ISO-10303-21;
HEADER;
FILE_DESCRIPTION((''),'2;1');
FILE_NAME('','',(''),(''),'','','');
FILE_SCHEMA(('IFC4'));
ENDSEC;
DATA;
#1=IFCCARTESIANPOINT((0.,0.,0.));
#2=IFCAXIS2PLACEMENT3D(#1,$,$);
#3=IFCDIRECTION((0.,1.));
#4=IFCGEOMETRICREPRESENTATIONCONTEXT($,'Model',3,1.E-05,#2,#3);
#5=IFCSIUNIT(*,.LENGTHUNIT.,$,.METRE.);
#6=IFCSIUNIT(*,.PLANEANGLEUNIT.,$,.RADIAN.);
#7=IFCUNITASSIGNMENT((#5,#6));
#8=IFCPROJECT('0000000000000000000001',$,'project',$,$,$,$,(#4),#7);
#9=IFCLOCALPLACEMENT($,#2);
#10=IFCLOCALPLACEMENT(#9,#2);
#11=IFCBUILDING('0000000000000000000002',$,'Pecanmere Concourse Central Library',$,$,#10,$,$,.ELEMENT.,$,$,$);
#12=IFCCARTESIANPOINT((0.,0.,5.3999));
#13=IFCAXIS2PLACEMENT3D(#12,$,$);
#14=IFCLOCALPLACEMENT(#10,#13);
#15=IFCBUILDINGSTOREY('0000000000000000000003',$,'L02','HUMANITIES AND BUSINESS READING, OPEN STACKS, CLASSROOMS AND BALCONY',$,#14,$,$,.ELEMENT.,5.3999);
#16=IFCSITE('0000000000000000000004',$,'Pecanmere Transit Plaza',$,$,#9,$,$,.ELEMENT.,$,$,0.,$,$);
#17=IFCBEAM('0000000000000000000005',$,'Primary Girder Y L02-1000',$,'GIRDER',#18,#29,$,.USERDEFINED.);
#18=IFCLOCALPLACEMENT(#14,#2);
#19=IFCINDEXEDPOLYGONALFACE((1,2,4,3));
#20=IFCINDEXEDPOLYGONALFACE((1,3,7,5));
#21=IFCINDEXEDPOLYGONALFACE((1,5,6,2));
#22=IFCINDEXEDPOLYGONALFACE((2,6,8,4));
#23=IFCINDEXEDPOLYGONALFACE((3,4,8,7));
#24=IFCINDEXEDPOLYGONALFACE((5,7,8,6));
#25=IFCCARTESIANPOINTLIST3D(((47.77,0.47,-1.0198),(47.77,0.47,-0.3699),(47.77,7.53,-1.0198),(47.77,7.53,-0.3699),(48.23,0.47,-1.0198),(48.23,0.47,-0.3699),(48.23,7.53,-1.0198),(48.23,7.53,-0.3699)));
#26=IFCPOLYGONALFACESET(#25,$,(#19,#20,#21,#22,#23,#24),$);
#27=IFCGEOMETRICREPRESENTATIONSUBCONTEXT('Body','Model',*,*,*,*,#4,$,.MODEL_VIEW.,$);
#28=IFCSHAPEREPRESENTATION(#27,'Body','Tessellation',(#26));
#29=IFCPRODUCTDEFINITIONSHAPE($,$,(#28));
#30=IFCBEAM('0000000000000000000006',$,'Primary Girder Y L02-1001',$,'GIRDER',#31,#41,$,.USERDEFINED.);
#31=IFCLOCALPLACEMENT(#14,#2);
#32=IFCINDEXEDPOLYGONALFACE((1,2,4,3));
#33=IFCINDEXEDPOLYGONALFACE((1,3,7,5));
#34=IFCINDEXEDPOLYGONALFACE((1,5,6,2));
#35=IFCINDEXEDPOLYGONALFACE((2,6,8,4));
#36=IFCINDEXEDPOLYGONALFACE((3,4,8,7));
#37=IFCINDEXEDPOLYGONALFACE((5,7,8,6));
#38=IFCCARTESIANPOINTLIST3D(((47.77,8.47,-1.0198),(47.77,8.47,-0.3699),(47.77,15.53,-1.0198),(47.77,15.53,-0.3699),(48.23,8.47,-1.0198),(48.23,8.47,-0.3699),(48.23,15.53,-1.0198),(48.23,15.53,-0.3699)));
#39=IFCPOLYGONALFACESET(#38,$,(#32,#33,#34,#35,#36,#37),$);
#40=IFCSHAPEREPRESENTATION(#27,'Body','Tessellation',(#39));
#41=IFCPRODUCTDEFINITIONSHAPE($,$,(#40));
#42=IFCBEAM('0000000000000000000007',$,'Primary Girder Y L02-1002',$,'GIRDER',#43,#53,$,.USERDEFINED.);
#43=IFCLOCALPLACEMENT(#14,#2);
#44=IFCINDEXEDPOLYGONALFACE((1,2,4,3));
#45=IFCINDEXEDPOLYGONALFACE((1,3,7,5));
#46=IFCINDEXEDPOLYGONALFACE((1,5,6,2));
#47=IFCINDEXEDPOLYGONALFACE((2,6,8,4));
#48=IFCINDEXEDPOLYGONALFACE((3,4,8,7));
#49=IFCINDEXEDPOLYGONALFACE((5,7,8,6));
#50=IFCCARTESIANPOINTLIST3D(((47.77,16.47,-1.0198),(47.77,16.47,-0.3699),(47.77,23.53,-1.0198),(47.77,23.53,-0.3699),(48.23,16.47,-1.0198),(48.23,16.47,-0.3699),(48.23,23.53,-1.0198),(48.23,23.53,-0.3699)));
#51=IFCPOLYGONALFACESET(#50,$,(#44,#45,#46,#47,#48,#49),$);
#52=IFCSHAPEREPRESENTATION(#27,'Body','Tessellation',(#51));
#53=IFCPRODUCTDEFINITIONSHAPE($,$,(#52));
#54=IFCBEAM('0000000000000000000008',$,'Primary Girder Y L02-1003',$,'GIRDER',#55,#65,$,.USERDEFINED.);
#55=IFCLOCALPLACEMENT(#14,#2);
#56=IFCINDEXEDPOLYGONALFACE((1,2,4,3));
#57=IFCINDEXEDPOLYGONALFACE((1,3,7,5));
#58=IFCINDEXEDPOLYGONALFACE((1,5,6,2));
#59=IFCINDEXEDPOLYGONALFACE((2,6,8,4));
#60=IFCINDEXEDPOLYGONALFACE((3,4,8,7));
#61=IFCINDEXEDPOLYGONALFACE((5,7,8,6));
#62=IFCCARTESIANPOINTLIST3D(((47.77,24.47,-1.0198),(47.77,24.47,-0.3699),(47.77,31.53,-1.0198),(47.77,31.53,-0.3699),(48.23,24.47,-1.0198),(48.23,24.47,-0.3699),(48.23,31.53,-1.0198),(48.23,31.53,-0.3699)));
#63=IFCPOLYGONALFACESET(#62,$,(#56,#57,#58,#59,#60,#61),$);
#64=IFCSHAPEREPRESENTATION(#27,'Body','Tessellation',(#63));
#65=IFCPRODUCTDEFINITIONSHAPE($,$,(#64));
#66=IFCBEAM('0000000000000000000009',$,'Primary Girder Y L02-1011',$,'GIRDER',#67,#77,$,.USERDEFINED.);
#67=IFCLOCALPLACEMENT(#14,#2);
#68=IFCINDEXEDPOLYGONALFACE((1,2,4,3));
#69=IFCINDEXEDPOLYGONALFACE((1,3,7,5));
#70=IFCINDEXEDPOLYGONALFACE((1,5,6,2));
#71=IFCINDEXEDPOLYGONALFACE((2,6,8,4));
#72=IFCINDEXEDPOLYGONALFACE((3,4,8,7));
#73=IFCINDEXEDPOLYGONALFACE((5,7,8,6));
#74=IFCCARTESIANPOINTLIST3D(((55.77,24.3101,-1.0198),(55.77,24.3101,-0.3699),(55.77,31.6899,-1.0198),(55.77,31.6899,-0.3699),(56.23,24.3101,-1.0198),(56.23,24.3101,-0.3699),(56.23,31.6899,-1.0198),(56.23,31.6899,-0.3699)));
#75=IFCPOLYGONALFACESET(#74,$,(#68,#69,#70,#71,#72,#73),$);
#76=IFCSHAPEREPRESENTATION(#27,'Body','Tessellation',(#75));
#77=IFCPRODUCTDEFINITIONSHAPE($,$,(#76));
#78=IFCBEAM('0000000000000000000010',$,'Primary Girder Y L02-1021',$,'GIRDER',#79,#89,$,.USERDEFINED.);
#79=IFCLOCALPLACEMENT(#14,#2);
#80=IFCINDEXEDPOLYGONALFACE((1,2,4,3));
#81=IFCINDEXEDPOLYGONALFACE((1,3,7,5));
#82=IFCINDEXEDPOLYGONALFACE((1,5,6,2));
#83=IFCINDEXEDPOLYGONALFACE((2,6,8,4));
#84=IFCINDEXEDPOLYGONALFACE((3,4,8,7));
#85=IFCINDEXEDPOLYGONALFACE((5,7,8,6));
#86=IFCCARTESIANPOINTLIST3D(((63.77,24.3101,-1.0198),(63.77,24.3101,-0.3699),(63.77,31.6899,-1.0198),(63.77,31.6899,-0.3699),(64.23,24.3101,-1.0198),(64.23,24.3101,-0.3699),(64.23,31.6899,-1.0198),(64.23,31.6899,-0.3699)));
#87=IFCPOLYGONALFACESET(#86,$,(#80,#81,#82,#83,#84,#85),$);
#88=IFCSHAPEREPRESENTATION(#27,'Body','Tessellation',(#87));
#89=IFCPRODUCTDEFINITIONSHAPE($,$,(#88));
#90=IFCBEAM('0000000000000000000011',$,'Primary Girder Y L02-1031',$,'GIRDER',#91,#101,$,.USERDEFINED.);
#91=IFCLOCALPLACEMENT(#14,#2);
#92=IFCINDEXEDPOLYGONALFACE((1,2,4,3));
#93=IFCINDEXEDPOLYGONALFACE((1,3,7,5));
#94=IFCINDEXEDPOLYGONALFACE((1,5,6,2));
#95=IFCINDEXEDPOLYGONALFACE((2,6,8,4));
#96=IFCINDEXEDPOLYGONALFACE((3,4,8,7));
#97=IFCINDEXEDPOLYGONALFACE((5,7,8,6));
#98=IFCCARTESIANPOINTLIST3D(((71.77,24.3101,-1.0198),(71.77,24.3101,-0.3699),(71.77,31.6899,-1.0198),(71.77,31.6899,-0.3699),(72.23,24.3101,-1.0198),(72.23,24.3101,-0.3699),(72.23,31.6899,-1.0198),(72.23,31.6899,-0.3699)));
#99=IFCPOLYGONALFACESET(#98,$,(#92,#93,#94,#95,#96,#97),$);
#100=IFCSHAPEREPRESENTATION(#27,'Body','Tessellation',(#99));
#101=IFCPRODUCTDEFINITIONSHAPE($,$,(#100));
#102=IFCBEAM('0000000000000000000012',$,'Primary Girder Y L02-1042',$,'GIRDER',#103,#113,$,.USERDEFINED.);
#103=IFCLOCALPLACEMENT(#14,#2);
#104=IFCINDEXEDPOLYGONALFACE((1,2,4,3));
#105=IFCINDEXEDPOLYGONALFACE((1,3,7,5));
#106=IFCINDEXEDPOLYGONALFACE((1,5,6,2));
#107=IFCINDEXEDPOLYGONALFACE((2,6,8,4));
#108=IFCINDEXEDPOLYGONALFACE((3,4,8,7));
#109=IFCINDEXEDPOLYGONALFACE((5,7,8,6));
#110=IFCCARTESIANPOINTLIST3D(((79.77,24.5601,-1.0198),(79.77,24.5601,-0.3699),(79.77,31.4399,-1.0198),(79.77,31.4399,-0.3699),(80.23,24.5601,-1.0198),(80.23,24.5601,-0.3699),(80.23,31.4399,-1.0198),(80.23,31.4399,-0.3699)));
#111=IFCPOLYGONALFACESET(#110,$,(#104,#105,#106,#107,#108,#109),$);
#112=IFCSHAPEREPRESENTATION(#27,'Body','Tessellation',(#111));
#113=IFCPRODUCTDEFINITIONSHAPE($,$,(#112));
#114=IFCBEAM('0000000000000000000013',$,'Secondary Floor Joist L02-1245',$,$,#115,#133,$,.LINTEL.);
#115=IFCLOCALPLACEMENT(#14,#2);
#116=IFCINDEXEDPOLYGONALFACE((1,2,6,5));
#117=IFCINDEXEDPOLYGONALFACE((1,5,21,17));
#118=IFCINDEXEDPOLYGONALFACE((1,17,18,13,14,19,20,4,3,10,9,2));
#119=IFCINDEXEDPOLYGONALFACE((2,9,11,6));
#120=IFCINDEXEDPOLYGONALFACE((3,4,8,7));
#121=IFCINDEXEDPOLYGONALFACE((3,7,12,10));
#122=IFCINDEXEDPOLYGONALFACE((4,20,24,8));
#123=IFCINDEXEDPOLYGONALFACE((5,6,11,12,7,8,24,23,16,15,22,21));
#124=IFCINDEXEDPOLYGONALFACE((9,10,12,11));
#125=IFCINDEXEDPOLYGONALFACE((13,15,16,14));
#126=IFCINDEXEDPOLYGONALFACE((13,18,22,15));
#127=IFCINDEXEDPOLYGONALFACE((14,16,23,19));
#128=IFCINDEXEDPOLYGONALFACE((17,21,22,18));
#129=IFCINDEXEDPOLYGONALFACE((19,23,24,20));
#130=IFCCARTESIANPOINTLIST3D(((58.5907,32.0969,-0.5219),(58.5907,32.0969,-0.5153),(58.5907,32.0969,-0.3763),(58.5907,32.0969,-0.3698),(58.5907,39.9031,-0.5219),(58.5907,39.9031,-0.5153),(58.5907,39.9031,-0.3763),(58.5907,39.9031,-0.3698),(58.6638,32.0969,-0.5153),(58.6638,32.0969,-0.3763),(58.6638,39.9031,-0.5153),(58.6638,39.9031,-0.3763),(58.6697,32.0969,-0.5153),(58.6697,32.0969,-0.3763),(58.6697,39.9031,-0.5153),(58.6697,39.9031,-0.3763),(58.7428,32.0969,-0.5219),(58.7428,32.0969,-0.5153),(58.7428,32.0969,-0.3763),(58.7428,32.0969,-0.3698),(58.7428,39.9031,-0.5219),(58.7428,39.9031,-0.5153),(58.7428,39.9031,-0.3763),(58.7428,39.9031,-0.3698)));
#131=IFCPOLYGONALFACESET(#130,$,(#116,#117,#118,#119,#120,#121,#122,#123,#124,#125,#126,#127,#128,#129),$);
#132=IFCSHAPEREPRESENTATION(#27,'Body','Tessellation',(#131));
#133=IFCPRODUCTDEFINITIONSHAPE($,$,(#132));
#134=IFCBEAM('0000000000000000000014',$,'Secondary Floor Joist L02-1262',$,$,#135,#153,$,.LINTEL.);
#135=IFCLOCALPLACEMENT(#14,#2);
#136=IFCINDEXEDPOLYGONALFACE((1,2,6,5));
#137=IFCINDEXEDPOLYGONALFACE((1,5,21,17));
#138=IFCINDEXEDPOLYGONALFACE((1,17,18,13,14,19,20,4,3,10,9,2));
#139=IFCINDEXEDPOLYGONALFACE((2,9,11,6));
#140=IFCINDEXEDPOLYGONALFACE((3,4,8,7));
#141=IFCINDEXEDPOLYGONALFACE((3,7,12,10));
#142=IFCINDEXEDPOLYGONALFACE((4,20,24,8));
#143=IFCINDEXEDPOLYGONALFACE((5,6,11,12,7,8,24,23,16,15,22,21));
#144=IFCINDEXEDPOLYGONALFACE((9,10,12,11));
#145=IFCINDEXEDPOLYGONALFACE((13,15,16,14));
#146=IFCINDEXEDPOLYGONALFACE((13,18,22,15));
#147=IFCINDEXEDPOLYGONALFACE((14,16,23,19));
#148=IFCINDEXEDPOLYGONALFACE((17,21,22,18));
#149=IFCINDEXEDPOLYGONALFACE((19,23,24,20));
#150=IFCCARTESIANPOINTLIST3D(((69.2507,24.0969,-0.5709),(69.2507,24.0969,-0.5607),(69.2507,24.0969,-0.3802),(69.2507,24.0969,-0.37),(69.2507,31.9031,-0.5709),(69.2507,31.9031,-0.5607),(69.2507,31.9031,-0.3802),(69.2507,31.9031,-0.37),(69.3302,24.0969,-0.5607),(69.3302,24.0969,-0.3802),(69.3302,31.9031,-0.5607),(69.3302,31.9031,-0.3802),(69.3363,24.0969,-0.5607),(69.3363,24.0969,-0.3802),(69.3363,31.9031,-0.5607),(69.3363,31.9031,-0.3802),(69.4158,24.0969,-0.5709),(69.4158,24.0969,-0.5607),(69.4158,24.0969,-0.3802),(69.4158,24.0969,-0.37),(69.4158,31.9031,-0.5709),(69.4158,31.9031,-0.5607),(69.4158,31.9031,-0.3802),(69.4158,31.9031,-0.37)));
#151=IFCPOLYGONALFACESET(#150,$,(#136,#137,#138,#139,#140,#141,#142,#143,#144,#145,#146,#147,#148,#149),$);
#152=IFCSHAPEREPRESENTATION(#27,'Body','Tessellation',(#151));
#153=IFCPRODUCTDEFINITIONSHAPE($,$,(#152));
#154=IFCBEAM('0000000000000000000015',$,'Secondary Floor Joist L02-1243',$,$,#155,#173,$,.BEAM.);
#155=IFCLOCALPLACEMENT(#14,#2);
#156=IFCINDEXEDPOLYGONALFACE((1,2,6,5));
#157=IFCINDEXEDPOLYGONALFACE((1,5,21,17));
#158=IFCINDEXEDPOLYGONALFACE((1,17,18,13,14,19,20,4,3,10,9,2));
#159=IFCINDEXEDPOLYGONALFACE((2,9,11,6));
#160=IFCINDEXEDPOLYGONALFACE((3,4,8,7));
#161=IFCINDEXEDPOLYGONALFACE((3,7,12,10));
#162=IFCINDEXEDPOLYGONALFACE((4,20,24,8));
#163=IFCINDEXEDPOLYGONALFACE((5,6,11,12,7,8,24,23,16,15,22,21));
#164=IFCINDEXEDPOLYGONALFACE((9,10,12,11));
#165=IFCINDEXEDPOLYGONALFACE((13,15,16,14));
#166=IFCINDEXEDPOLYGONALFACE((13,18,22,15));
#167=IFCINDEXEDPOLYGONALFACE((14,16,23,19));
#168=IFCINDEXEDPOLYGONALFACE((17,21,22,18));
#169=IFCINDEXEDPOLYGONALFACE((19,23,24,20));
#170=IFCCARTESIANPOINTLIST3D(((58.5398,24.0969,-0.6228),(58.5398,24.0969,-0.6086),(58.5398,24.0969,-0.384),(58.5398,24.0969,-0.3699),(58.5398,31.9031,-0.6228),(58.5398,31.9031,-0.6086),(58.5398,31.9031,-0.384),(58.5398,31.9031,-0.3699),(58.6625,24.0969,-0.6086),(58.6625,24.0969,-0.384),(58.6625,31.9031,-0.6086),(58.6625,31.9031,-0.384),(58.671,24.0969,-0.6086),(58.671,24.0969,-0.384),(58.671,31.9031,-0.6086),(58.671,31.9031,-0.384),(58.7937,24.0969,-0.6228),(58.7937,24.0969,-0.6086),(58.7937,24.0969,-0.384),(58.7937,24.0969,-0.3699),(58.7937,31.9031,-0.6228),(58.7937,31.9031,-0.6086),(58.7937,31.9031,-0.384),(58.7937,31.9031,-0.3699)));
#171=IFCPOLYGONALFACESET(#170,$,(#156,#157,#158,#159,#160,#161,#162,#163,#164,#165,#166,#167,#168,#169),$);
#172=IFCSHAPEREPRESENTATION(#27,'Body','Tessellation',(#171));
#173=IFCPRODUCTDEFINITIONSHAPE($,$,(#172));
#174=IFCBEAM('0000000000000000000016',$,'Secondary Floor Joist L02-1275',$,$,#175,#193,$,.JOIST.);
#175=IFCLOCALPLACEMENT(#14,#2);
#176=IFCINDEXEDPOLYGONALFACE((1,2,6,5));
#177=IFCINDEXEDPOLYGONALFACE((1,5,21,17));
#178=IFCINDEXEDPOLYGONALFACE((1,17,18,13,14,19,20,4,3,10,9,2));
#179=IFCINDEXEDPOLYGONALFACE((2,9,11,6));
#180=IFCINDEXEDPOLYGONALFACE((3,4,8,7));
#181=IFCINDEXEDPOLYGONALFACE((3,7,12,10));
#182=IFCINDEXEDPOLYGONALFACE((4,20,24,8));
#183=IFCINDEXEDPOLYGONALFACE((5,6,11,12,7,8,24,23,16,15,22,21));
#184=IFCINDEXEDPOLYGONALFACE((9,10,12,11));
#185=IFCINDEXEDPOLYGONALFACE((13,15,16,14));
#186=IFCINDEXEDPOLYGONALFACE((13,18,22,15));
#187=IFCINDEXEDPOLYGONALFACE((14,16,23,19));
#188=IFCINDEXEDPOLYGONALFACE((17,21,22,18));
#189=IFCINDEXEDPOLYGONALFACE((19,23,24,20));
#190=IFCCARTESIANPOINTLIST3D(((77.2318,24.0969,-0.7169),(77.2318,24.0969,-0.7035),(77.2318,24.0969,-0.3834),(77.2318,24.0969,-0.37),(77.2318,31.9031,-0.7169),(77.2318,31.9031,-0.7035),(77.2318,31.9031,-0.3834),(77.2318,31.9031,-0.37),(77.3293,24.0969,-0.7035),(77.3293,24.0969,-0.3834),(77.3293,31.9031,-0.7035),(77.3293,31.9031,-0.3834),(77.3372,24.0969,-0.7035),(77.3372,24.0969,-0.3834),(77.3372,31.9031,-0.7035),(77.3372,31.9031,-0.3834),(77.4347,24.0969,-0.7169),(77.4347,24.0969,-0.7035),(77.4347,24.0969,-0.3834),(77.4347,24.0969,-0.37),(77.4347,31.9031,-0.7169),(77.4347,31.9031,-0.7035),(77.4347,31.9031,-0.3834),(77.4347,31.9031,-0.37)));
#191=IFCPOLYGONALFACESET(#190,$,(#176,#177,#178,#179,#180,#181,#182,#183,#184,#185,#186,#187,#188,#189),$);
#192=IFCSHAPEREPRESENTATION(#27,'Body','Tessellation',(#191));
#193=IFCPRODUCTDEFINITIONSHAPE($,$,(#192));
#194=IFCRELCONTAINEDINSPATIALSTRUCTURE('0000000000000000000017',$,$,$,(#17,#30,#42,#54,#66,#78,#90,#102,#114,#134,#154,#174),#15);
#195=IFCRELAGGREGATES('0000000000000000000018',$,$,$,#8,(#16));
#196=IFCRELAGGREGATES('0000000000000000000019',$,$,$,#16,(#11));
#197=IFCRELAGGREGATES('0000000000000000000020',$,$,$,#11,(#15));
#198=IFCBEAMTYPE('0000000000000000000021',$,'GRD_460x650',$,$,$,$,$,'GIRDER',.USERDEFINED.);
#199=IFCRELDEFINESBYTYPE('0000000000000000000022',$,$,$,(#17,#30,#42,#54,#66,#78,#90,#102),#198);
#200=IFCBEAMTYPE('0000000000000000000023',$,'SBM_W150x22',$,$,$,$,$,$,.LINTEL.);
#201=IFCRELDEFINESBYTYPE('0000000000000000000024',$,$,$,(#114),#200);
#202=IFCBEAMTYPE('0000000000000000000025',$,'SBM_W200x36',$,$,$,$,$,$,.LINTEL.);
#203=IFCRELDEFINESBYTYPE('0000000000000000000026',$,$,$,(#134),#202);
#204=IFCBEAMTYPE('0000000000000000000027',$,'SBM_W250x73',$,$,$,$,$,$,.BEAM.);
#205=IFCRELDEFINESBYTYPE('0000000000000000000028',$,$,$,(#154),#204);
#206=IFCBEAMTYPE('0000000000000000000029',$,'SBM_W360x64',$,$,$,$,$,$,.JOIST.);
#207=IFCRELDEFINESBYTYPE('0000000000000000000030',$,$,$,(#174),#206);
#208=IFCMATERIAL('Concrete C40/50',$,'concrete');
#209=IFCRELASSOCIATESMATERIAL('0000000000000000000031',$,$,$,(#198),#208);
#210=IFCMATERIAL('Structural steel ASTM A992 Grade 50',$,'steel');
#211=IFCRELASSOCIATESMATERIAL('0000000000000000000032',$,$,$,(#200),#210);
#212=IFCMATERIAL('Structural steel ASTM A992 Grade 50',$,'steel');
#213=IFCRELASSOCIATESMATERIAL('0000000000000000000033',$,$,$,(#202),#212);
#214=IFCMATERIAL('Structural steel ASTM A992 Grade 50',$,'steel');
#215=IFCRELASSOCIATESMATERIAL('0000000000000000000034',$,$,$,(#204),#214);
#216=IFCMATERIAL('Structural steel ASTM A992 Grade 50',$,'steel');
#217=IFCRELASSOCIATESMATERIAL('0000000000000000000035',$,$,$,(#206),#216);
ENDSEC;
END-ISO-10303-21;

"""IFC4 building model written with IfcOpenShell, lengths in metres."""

from ifc_helpers import new_model, si_unit, direction, frame, origin, origin_2d, place, context, subcontext, project, spatial, rectangle, i_section, extrude, material, material_profile, profile_set, type_object, element, save


model = new_model("IFC4")

# Units and contexts
model_context = context("Model", 3, precision=1e-05, world=origin(), true_north=direction((0.0, 1.0)))
body_context = subcontext(model_context, "Body", "Model", "MODEL_VIEW")
ifc_project = project(units=[si_unit("LENGTHUNIT", "METRE"), si_unit("PLANEANGLEUNIT", "RADIAN")], contexts=[model_context])

# Site, building, storey
site_placement = place(None, origin())
site = spatial("IfcSite", under=ifc_project, at=site_placement, Name="Pecanmere Transit Plaza", CompositionType="ELEMENT", RefElevation=0.0)
building_placement = place(site_placement, origin())
building = spatial("IfcBuilding", under=site, at=building_placement, Name="Pecanmere Concourse Central Library", CompositionType="ELEMENT")
storey_placement = place(building_placement, frame((0.0, 0.0, 5.3999)))
storey = spatial("IfcBuildingStorey", under=building, at=storey_placement, Name="L02", Description="HUMANITIES AND BUSINESS READING, OPEN STACKS, CLASSROOMS AND BALCONY", CompositionType="ELEMENT", Elevation=5.3999)

# Beams
ifc_material_1 = material(Name="Concrete C40/50", Category="concrete")
ifc_material_profile_1 = material_profile(ifc_material_1, rectangle(XDim=0.46, YDim=0.6499, at=origin_2d()), Name="RC 460x650")
ifc_profile_set_1 = profile_set([ifc_material_profile_1], Name="Concrete C40/50")
beam_type_1 = type_object("IfcBeamType", Name="GRD_460x650", ElementType="GIRDER", PredefinedType="USERDEFINED", material=ifc_profile_set_1)
for number, where, z_axis, x_axis, name in (
    (1, (48.0, 0.47, -0.6948), (0.0, 1.0, 0.0), (-1.0, 0.0, 0.0), "Primary Girder Y L02-1000"),
    (2, (48.0, 8.47, -0.6948), (0.0, 1.0, 0.0), (-1.0, 0.0, 0.0), "Primary Girder Y L02-1001"),
    (3, (48.0, 16.47, -0.6948), (0.0, 1.0, 0.0), (-1.0, 0.0, 0.0), "Primary Girder Y L02-1002"),
    (4, (48.0, 24.47, -0.6948), (0.0, 1.0, 0.0), (-1.0, 0.0, 0.0), "Primary Girder Y L02-1003"),
):
    element("IfcBeam", number, at=place(storey_placement, frame(where, z_axis=z_axis, x_axis=x_axis)), inside=storey, type_object=beam_type_1, Name=name, ObjectType="GIRDER", PredefinedType="USERDEFINED", context=body_context, shape_type="SweptSolid", body=[
        extrude(rectangle(XDim=0.46, YDim=0.6499, at=origin_2d()), origin(), (0.0, 0.0, 1.0), 7.0601),
    ])
for number, where, z_axis, x_axis, name in (
    (5, (56.0, 24.3101, -0.6948), (0.0, 1.0, 0.0), (-1.0, 0.0, 0.0), "Primary Girder Y L02-1011"),
    (6, (64.0, 24.3101, -0.6948), (0.0, 1.0, 0.0), (-1.0, 0.0, 0.0), "Primary Girder Y L02-1021"),
    (7, (72.0, 24.3101, -0.6948), (0.0, 1.0, 0.0), (-1.0, 0.0, 0.0), "Primary Girder Y L02-1031"),
):
    element("IfcBeam", number, at=place(storey_placement, frame(where, z_axis=z_axis, x_axis=x_axis)), inside=storey, type_object=beam_type_1, Name=name, ObjectType="GIRDER", PredefinedType="USERDEFINED", context=body_context, shape_type="SweptSolid", body=[
        extrude(rectangle(XDim=0.46, YDim=0.6499, at=origin_2d()), origin(), (0.0, 0.0, 1.0), 7.3799),
    ])
beam_1_placement = place(storey_placement, frame((80.0, 24.5601, -0.6948), z_axis=(0.0, 1.0, 0.0), x_axis=(-1.0, 0.0, 0.0)))
element("IfcBeam", 8, at=beam_1_placement, inside=storey, type_object=beam_type_1, Name="Primary Girder Y L02-1042", ObjectType="GIRDER", PredefinedType="USERDEFINED", context=body_context, shape_type="SweptSolid", body=[
    extrude(rectangle(XDim=0.46, YDim=0.6499, at=origin_2d()), origin(), (0.0, 0.0, 1.0), 6.8799),
])
ifc_material_2 = material(Name="Structural steel ASTM A992 Grade 50", Category="steel")
ifc_material_profile_2 = material_profile(ifc_material_2, i_section(OverallWidth=0.1521, OverallDepth=0.1521, WebThickness=0.0059, FlangeThickness=0.0066, at=origin_2d()), Name="W150x22.5")
ifc_profile_set_2 = profile_set([ifc_material_profile_2], Name="Structural steel ASTM A992 Grade 50")
beam_type_2 = type_object("IfcBeamType", Name="SBM_W150x22", PredefinedType="LINTEL", material=ifc_profile_set_2)
beam_2_placement = place(storey_placement, frame((58.6667, 32.0969, -0.4458), z_axis=(0.0, 1.0, 0.0), x_axis=(-1.0, 0.0, 0.0)))
element("IfcBeam", 9, at=beam_2_placement, inside=storey, type_object=beam_type_2, Name="Secondary Floor Joist L02-1245", PredefinedType="LINTEL", context=body_context, shape_type="SweptSolid", body=[
    extrude(i_section(OverallWidth=0.1521, OverallDepth=0.1521, WebThickness=0.0059, FlangeThickness=0.0066, at=origin_2d()), origin(), (0.0, 0.0, 1.0), 7.8062),
])
ifc_material_3 = material(Name="Structural steel ASTM A992 Grade 50", Category="steel")
ifc_material_profile_3 = material_profile(ifc_material_3, i_section(OverallWidth=0.165, OverallDepth=0.2009, WebThickness=0.0061, FlangeThickness=0.0103, at=origin_2d()), Name="W200x35.9")
ifc_profile_set_3 = profile_set([ifc_material_profile_3], Name="Structural steel ASTM A992 Grade 50")
beam_type_3 = type_object("IfcBeamType", Name="SBM_W200x36", PredefinedType="LINTEL", material=ifc_profile_set_3)
beam_3_placement = place(storey_placement, frame((69.3333, 24.0969, -0.4705), z_axis=(0.0, 1.0, 0.0), x_axis=(-1.0, 0.0, 0.0)))
element("IfcBeam", 10, at=beam_3_placement, inside=storey, type_object=beam_type_3, Name="Secondary Floor Joist L02-1262", PredefinedType="LINTEL", context=body_context, shape_type="SweptSolid", body=[
    extrude(i_section(OverallWidth=0.165, OverallDepth=0.2009, WebThickness=0.0061, FlangeThickness=0.0103, at=origin_2d()), origin(), (0.0, 0.0, 1.0), 7.8062),
])
ifc_material_4 = material(Name="Structural steel ASTM A992 Grade 50", Category="steel")
ifc_material_profile_4 = material_profile(ifc_material_4, i_section(OverallWidth=0.2539, OverallDepth=0.2529, WebThickness=0.0085, FlangeThickness=0.0142, at=origin_2d()), Name="W250x73")
ifc_profile_set_4 = profile_set([ifc_material_profile_4], Name="Structural steel ASTM A992 Grade 50")
beam_type_4 = type_object("IfcBeamType", Name="SBM_W250x73", PredefinedType="BEAM", material=ifc_profile_set_4)
beam_4_placement = place(storey_placement, frame((58.6667, 24.0969, -0.4963), z_axis=(0.0, 1.0, 0.0), x_axis=(-1.0, 0.0, 0.0)))
element("IfcBeam", 11, at=beam_4_placement, inside=storey, type_object=beam_type_4, Name="Secondary Floor Joist L02-1243", PredefinedType="BEAM", context=body_context, shape_type="SweptSolid", body=[
    extrude(i_section(OverallWidth=0.2539, OverallDepth=0.2529, WebThickness=0.0085, FlangeThickness=0.0142, at=origin_2d()), origin(), (0.0, 0.0, 1.0), 7.8062),
])
ifc_material_5 = material(Name="Structural steel ASTM A992 Grade 50", Category="steel")
ifc_material_profile_5 = material_profile(ifc_material_5, i_section(OverallWidth=0.2029, OverallDepth=0.3469, WebThickness=0.0078, FlangeThickness=0.0134, at=origin_2d()), Name="W360x64")
ifc_profile_set_5 = profile_set([ifc_material_profile_5], Name="Structural steel ASTM A992 Grade 50")
beam_type_5 = type_object("IfcBeamType", Name="SBM_W360x64", PredefinedType="JOIST", material=ifc_profile_set_5)
beam_5_placement = place(storey_placement, frame((77.3333, 24.0969, -0.5435), z_axis=(0.0, 1.0, 0.0), x_axis=(-1.0, 0.0, 0.0)))
element("IfcBeam", 12, at=beam_5_placement, inside=storey, type_object=beam_type_5, Name="Secondary Floor Joist L02-1275", PredefinedType="JOIST", context=body_context, shape_type="SweptSolid", body=[
    extrude(i_section(OverallWidth=0.2029, OverallDepth=0.3469, WebThickness=0.0078, FlangeThickness=0.0134, at=origin_2d()), origin(), (0.0, 0.0, 1.0), 7.8062),
])

save(model, "model.ifc")
